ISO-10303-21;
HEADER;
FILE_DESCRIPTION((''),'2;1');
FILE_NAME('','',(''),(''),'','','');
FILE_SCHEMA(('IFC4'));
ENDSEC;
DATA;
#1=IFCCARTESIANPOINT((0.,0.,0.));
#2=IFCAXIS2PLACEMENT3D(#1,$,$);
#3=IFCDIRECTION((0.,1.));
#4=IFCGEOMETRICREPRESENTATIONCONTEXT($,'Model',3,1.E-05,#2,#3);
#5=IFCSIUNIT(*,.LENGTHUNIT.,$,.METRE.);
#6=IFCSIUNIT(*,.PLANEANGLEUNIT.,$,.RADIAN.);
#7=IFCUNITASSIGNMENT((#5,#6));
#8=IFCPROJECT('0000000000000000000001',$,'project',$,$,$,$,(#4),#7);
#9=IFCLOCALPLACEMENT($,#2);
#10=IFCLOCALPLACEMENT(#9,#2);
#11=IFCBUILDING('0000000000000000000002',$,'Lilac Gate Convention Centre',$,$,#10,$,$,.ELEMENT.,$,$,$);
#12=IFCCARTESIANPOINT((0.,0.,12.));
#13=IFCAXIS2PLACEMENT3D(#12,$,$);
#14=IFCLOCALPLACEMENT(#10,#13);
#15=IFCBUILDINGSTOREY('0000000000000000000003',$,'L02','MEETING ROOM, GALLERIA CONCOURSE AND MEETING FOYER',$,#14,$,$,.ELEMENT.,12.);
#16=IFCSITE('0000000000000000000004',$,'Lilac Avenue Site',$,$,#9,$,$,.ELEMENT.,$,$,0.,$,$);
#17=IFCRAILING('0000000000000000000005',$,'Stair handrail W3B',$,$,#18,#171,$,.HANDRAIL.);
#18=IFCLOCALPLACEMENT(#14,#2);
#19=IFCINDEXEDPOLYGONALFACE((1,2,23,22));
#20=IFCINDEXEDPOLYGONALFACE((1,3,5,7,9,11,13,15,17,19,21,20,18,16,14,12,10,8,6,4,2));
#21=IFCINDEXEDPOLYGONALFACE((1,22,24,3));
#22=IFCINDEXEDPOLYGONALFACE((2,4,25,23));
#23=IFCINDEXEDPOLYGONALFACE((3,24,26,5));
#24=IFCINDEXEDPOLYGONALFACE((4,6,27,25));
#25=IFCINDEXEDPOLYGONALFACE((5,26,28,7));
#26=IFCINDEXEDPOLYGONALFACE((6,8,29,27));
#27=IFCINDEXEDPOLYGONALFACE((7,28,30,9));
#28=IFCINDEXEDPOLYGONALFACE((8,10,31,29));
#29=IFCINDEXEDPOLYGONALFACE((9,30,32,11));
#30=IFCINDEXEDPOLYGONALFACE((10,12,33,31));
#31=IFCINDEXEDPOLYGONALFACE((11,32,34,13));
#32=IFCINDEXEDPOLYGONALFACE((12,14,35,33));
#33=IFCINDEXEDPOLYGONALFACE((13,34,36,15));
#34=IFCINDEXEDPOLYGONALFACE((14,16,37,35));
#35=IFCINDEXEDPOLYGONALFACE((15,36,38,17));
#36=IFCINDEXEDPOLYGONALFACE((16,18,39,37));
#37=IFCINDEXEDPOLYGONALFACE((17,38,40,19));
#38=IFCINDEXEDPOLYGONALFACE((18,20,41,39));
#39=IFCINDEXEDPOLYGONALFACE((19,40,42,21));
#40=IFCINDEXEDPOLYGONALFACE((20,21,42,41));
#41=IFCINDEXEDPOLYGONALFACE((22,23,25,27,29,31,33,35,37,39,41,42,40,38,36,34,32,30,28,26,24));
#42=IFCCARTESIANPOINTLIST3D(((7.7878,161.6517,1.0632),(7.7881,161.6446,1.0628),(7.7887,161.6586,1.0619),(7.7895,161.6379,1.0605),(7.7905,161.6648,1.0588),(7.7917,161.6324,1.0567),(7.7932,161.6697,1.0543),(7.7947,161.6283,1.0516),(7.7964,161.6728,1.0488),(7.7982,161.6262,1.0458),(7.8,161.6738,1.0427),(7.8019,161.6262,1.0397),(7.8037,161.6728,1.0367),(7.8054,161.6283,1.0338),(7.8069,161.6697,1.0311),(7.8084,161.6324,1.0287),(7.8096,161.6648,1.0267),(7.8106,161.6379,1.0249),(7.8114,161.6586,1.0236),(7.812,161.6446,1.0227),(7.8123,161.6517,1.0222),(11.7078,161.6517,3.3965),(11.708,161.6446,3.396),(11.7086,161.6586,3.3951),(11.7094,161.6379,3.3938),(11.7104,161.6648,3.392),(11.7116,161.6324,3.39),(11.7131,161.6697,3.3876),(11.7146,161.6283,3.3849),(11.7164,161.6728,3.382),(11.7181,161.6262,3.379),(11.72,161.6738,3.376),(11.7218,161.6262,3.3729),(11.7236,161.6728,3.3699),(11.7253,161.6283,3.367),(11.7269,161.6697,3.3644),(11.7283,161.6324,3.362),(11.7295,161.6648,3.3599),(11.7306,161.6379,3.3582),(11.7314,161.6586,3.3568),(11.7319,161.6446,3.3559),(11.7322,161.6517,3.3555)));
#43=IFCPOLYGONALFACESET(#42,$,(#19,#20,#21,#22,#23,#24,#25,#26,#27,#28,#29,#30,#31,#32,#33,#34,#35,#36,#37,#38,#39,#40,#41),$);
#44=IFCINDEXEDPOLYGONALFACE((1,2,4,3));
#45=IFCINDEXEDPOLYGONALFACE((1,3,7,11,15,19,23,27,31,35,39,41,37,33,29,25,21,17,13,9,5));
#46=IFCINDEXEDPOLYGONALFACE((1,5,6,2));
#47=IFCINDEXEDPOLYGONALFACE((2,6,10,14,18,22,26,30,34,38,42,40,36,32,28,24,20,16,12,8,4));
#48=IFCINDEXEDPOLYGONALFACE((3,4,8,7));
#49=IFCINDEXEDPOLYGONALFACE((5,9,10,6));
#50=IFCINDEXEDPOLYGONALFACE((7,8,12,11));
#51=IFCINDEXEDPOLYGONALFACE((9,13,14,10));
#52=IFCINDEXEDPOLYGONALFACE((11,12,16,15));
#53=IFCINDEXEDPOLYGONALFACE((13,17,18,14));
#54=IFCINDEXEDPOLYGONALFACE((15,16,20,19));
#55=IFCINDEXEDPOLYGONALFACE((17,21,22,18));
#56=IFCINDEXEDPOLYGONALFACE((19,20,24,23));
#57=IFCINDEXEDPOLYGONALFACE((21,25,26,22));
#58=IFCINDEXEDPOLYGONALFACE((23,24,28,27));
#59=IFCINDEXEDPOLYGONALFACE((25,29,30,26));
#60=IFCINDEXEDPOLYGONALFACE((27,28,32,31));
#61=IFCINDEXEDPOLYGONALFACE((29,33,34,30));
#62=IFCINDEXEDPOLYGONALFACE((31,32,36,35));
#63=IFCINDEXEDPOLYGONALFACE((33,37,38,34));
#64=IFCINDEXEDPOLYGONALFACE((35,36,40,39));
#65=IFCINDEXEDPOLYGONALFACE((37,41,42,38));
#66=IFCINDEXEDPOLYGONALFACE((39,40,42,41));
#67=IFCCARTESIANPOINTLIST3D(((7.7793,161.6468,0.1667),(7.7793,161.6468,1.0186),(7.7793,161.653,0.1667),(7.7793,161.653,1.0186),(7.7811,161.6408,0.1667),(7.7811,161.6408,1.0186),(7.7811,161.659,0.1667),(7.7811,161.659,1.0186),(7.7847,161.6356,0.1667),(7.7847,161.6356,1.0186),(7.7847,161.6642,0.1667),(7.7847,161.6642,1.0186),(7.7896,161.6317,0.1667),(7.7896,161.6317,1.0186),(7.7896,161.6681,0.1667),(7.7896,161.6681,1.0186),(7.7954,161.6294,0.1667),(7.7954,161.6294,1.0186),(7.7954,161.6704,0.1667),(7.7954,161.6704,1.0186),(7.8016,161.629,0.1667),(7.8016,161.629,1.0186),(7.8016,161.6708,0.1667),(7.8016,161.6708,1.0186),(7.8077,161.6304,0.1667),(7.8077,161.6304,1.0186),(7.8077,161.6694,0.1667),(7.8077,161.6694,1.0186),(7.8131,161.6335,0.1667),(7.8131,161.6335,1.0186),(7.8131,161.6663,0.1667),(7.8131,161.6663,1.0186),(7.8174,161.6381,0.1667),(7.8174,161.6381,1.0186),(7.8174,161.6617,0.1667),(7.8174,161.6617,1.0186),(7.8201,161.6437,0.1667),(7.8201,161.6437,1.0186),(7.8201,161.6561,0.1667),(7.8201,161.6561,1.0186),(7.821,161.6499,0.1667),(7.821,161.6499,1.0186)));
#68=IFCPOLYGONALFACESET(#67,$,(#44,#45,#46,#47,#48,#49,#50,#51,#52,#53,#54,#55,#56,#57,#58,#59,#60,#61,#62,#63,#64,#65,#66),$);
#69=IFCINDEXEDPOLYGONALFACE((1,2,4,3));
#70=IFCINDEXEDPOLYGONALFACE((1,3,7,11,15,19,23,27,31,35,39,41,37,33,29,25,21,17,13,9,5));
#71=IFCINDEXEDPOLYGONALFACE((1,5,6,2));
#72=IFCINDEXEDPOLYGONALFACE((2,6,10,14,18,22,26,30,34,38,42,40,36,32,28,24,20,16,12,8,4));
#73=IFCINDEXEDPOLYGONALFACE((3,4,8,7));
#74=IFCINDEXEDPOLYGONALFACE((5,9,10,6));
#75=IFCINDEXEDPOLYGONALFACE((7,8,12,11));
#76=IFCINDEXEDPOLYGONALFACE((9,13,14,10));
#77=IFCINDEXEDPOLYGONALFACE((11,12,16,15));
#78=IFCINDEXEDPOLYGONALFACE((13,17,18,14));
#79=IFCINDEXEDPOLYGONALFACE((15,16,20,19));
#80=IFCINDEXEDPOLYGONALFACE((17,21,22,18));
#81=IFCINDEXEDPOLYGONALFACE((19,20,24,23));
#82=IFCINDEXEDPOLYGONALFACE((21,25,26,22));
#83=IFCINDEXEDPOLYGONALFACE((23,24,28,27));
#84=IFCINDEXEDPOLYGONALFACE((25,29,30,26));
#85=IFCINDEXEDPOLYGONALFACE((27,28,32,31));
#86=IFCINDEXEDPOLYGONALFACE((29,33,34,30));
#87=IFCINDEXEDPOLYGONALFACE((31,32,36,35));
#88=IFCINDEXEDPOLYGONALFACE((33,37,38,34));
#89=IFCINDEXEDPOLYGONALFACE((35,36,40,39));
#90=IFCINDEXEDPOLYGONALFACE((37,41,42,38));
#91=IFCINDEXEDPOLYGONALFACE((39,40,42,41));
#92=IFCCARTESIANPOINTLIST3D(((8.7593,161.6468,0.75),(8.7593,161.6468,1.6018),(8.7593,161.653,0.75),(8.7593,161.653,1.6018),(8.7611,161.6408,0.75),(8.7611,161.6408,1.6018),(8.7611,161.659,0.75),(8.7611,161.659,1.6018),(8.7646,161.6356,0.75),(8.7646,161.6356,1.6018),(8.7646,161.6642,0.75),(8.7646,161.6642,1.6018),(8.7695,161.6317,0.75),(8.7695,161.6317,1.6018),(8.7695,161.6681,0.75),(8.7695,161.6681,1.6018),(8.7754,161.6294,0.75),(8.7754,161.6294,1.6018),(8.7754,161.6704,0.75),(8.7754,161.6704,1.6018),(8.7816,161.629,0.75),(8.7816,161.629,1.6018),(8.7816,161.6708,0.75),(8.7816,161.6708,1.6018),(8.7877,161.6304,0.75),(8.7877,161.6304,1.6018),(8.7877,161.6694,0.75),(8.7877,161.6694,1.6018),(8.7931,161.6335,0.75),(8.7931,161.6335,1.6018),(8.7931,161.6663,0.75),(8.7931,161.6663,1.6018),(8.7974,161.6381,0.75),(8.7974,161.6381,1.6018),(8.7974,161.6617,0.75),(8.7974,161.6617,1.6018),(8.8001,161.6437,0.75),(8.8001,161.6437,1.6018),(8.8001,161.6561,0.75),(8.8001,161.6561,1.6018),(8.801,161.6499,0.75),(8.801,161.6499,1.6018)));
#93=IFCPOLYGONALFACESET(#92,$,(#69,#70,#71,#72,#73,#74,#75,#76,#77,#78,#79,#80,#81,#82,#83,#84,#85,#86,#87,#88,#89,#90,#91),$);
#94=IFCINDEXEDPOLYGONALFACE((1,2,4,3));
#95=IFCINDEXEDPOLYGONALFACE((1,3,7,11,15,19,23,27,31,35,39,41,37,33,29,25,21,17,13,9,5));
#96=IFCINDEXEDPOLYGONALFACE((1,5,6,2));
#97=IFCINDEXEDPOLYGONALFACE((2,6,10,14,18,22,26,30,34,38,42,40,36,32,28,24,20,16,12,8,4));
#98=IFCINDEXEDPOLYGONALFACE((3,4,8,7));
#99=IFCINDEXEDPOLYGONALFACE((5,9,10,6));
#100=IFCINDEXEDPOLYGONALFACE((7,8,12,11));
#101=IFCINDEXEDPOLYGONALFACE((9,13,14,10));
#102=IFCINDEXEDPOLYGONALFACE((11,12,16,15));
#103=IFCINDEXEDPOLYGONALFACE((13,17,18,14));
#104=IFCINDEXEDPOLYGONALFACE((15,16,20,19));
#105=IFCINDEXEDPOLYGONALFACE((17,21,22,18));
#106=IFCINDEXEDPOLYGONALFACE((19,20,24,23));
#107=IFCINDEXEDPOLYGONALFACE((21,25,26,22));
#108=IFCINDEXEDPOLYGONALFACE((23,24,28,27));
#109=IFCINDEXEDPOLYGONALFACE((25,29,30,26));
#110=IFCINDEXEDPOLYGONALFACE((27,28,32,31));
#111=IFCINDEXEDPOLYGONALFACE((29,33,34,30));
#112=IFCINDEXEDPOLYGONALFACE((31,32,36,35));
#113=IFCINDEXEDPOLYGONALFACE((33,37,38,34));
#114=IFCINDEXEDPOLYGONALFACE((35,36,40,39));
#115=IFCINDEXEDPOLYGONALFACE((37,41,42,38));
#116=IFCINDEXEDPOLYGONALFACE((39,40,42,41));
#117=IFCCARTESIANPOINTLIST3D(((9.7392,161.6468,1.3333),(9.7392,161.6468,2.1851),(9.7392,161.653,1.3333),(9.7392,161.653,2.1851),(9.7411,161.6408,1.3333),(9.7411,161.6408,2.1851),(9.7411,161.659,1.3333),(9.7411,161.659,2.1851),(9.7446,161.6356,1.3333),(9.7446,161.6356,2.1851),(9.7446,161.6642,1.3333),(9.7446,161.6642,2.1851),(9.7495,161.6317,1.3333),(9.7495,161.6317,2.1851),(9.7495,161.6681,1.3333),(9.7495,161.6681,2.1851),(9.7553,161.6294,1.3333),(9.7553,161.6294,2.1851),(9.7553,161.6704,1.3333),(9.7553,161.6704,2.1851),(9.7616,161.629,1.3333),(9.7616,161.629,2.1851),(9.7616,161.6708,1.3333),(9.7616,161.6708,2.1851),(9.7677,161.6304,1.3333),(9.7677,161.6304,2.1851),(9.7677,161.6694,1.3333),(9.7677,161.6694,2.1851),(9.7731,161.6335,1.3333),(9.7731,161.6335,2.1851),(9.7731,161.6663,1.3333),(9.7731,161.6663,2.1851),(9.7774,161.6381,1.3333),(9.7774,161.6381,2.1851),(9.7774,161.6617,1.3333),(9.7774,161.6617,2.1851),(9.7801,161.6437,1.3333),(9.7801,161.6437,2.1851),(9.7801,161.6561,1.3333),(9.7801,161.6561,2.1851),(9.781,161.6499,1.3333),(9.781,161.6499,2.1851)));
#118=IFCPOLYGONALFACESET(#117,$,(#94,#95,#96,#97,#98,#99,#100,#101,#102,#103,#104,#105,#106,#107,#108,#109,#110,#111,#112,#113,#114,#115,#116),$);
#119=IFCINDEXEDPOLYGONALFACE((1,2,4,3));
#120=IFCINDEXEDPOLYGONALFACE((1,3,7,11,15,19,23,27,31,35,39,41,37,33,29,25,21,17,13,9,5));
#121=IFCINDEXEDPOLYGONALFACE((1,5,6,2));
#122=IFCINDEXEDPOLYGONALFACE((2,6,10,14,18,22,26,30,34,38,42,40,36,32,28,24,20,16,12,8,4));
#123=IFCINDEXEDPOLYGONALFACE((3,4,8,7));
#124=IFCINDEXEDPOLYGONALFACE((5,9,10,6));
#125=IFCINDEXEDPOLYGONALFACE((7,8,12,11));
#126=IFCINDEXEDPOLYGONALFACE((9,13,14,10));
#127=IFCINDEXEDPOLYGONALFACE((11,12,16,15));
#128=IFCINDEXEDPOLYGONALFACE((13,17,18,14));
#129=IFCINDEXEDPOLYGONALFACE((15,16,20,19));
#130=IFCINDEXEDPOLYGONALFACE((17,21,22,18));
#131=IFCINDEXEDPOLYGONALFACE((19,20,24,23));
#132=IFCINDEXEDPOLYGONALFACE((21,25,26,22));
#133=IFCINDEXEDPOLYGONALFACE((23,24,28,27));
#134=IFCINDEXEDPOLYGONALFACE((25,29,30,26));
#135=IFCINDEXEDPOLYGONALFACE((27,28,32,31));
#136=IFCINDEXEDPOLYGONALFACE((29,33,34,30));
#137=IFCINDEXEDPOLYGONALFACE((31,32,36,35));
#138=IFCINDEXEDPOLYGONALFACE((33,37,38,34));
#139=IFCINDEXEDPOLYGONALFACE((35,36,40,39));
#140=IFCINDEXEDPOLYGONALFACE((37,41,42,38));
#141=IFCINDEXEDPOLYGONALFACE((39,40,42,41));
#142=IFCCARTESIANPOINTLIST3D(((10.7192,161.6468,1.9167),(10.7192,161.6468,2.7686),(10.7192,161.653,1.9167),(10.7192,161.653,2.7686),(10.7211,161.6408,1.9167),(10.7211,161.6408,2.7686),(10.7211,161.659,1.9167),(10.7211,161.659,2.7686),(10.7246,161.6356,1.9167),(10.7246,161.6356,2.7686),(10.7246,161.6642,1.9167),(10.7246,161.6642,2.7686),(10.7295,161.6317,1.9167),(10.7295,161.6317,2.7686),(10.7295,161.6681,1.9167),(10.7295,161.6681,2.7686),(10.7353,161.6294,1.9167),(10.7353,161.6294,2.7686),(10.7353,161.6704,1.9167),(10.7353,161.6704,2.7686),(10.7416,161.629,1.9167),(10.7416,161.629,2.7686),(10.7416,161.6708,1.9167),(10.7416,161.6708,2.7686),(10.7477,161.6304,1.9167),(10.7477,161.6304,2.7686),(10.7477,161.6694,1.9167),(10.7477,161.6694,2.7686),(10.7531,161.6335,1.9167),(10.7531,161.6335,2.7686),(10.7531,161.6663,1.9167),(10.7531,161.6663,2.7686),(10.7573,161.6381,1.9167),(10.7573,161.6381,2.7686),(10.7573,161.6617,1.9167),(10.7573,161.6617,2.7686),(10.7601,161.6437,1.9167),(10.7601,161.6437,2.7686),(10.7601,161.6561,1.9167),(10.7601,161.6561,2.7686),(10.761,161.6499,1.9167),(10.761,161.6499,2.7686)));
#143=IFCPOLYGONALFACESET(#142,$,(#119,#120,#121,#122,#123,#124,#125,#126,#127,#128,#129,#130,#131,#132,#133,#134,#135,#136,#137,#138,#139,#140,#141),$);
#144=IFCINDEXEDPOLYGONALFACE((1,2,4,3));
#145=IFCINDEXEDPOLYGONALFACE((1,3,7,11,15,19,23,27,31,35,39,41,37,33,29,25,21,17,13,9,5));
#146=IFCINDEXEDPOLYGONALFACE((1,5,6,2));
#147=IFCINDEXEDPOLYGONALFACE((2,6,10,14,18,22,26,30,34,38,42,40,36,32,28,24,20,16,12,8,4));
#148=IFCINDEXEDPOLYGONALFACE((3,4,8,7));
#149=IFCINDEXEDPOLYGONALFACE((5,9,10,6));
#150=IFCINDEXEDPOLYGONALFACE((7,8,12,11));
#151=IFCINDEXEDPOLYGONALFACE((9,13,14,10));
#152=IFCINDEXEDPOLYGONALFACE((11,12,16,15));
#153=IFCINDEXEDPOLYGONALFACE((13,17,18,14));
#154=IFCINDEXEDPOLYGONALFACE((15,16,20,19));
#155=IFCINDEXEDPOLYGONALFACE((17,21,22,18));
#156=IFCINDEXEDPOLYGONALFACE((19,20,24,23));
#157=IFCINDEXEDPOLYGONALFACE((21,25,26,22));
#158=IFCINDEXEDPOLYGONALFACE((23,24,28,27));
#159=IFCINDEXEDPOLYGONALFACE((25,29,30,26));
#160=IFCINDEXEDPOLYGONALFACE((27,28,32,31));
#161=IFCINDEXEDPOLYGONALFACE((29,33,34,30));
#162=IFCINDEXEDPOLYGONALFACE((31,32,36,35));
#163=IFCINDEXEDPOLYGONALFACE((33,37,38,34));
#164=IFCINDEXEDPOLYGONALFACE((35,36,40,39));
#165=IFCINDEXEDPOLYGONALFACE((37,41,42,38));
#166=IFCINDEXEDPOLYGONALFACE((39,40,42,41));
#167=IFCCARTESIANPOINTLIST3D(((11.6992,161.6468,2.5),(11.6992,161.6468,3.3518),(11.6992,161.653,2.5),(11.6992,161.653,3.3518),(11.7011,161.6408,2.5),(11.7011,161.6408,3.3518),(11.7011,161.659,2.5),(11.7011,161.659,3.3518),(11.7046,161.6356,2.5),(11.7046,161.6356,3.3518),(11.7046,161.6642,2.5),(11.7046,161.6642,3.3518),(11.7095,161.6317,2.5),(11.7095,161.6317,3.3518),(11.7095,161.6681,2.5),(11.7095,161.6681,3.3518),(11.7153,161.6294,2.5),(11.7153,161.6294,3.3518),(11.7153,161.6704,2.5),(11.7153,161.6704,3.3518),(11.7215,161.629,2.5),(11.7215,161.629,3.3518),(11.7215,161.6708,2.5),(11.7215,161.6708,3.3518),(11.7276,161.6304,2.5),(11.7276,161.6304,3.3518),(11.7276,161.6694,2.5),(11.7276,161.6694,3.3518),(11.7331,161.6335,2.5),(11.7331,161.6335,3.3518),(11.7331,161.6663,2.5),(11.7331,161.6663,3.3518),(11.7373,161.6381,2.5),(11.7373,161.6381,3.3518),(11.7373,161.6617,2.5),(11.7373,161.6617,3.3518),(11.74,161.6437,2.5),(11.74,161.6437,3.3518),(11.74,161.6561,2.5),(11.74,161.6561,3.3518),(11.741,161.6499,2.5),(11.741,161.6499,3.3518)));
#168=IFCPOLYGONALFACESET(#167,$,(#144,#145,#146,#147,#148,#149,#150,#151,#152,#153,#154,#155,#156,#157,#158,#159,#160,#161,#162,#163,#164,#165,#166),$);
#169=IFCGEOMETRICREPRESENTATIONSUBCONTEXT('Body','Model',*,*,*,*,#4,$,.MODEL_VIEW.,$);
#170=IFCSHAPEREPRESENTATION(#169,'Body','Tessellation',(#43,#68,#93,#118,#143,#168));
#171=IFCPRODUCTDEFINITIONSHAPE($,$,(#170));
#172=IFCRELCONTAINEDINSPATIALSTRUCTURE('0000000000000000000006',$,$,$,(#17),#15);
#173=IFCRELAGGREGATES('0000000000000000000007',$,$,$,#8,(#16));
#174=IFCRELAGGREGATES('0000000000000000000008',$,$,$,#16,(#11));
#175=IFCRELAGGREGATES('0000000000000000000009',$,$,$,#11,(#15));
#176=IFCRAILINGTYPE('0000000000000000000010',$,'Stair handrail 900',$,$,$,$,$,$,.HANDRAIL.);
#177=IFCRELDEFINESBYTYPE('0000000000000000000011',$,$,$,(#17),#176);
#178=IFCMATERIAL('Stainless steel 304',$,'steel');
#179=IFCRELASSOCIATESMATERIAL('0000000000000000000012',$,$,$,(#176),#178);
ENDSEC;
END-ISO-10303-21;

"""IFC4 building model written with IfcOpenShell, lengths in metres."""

from ifc_helpers import new_model, si_unit, direction, frame, origin, origin_2d, place, context, subcontext, project, spatial, circle, extrude, material, type_object, element, save


model = new_model("IFC4")

# Units and contexts
model_context = context("Model", 3, precision=1e-05, world=origin(), true_north=direction((0.0, 1.0)))
body_context = subcontext(model_context, "Body", "Model", "MODEL_VIEW")
ifc_project = project(units=[si_unit("LENGTHUNIT", "METRE"), si_unit("PLANEANGLEUNIT", "RADIAN")], contexts=[model_context])

# Site, building, storey
site_placement = place(None, origin())
site = spatial("IfcSite", under=ifc_project, at=site_placement, Name="Lilac Avenue Site", CompositionType="ELEMENT", RefElevation=0.0)
building_placement = place(site_placement, origin())
building = spatial("IfcBuilding", under=site, at=building_placement, Name="Lilac Gate Convention Centre", CompositionType="ELEMENT")
storey_placement = place(building_placement, frame((0.0, 0.0, 12.0)))
storey = spatial("IfcBuildingStorey", under=building, at=storey_placement, Name="L02", Description="MEETING ROOM, GALLERIA CONCOURSE AND MEETING FOYER", CompositionType="ELEMENT", Elevation=12.0)

# Railing
ifc_material_1 = material(Name="Stainless steel 304", Category="steel")
railing_type = type_object("IfcRailingType", Name="Stair handrail 900", PredefinedType="HANDRAIL", material=ifc_material_1)
for number, where, name in (
    (1, (7.8, 161.6499, 0.1667), "Stair handrail W3B"),
):
    element("IfcRailing", number, at=place(storey_placement, frame(where)), inside=storey, type_object=railing_type, Name=name, PredefinedType="HANDRAIL", context=body_context, shape_type="SweptSolid", body=[
        extrude(circle(Radius=0.0239, at=origin_2d()), frame((0.0, 0.0, 0.876), z_axis=(0.859296, 0.0, 0.511478), x_axis=(0.0, 1.0, 0.0)), (0.0, 0.0, 1.0), 4.5618),
        extrude(circle(Radius=0.021, at=origin_2d()), origin(), (0.0, 0.0, 1.0), 0.8518),
        extrude(circle(Radius=0.021, at=origin_2d()), frame((0.98, 0.0, 0.5833)), (0.0, 0.0, 1.0), 0.8518),
        extrude(circle(Radius=0.021, at=origin_2d()), frame((1.96, 0.0, 1.1665)), (0.0, 0.0, 1.0), 0.8518),
        extrude(circle(Radius=0.021, at=origin_2d()), frame((2.9399, 0.0, 1.75)), (0.0, 0.0, 1.0), 0.8518),
        extrude(circle(Radius=0.021, at=origin_2d()), frame((3.9199, 0.0, 2.3333)), (0.0, 0.0, 1.0), 0.8518),
    ])

save(model, "model.ifc")
